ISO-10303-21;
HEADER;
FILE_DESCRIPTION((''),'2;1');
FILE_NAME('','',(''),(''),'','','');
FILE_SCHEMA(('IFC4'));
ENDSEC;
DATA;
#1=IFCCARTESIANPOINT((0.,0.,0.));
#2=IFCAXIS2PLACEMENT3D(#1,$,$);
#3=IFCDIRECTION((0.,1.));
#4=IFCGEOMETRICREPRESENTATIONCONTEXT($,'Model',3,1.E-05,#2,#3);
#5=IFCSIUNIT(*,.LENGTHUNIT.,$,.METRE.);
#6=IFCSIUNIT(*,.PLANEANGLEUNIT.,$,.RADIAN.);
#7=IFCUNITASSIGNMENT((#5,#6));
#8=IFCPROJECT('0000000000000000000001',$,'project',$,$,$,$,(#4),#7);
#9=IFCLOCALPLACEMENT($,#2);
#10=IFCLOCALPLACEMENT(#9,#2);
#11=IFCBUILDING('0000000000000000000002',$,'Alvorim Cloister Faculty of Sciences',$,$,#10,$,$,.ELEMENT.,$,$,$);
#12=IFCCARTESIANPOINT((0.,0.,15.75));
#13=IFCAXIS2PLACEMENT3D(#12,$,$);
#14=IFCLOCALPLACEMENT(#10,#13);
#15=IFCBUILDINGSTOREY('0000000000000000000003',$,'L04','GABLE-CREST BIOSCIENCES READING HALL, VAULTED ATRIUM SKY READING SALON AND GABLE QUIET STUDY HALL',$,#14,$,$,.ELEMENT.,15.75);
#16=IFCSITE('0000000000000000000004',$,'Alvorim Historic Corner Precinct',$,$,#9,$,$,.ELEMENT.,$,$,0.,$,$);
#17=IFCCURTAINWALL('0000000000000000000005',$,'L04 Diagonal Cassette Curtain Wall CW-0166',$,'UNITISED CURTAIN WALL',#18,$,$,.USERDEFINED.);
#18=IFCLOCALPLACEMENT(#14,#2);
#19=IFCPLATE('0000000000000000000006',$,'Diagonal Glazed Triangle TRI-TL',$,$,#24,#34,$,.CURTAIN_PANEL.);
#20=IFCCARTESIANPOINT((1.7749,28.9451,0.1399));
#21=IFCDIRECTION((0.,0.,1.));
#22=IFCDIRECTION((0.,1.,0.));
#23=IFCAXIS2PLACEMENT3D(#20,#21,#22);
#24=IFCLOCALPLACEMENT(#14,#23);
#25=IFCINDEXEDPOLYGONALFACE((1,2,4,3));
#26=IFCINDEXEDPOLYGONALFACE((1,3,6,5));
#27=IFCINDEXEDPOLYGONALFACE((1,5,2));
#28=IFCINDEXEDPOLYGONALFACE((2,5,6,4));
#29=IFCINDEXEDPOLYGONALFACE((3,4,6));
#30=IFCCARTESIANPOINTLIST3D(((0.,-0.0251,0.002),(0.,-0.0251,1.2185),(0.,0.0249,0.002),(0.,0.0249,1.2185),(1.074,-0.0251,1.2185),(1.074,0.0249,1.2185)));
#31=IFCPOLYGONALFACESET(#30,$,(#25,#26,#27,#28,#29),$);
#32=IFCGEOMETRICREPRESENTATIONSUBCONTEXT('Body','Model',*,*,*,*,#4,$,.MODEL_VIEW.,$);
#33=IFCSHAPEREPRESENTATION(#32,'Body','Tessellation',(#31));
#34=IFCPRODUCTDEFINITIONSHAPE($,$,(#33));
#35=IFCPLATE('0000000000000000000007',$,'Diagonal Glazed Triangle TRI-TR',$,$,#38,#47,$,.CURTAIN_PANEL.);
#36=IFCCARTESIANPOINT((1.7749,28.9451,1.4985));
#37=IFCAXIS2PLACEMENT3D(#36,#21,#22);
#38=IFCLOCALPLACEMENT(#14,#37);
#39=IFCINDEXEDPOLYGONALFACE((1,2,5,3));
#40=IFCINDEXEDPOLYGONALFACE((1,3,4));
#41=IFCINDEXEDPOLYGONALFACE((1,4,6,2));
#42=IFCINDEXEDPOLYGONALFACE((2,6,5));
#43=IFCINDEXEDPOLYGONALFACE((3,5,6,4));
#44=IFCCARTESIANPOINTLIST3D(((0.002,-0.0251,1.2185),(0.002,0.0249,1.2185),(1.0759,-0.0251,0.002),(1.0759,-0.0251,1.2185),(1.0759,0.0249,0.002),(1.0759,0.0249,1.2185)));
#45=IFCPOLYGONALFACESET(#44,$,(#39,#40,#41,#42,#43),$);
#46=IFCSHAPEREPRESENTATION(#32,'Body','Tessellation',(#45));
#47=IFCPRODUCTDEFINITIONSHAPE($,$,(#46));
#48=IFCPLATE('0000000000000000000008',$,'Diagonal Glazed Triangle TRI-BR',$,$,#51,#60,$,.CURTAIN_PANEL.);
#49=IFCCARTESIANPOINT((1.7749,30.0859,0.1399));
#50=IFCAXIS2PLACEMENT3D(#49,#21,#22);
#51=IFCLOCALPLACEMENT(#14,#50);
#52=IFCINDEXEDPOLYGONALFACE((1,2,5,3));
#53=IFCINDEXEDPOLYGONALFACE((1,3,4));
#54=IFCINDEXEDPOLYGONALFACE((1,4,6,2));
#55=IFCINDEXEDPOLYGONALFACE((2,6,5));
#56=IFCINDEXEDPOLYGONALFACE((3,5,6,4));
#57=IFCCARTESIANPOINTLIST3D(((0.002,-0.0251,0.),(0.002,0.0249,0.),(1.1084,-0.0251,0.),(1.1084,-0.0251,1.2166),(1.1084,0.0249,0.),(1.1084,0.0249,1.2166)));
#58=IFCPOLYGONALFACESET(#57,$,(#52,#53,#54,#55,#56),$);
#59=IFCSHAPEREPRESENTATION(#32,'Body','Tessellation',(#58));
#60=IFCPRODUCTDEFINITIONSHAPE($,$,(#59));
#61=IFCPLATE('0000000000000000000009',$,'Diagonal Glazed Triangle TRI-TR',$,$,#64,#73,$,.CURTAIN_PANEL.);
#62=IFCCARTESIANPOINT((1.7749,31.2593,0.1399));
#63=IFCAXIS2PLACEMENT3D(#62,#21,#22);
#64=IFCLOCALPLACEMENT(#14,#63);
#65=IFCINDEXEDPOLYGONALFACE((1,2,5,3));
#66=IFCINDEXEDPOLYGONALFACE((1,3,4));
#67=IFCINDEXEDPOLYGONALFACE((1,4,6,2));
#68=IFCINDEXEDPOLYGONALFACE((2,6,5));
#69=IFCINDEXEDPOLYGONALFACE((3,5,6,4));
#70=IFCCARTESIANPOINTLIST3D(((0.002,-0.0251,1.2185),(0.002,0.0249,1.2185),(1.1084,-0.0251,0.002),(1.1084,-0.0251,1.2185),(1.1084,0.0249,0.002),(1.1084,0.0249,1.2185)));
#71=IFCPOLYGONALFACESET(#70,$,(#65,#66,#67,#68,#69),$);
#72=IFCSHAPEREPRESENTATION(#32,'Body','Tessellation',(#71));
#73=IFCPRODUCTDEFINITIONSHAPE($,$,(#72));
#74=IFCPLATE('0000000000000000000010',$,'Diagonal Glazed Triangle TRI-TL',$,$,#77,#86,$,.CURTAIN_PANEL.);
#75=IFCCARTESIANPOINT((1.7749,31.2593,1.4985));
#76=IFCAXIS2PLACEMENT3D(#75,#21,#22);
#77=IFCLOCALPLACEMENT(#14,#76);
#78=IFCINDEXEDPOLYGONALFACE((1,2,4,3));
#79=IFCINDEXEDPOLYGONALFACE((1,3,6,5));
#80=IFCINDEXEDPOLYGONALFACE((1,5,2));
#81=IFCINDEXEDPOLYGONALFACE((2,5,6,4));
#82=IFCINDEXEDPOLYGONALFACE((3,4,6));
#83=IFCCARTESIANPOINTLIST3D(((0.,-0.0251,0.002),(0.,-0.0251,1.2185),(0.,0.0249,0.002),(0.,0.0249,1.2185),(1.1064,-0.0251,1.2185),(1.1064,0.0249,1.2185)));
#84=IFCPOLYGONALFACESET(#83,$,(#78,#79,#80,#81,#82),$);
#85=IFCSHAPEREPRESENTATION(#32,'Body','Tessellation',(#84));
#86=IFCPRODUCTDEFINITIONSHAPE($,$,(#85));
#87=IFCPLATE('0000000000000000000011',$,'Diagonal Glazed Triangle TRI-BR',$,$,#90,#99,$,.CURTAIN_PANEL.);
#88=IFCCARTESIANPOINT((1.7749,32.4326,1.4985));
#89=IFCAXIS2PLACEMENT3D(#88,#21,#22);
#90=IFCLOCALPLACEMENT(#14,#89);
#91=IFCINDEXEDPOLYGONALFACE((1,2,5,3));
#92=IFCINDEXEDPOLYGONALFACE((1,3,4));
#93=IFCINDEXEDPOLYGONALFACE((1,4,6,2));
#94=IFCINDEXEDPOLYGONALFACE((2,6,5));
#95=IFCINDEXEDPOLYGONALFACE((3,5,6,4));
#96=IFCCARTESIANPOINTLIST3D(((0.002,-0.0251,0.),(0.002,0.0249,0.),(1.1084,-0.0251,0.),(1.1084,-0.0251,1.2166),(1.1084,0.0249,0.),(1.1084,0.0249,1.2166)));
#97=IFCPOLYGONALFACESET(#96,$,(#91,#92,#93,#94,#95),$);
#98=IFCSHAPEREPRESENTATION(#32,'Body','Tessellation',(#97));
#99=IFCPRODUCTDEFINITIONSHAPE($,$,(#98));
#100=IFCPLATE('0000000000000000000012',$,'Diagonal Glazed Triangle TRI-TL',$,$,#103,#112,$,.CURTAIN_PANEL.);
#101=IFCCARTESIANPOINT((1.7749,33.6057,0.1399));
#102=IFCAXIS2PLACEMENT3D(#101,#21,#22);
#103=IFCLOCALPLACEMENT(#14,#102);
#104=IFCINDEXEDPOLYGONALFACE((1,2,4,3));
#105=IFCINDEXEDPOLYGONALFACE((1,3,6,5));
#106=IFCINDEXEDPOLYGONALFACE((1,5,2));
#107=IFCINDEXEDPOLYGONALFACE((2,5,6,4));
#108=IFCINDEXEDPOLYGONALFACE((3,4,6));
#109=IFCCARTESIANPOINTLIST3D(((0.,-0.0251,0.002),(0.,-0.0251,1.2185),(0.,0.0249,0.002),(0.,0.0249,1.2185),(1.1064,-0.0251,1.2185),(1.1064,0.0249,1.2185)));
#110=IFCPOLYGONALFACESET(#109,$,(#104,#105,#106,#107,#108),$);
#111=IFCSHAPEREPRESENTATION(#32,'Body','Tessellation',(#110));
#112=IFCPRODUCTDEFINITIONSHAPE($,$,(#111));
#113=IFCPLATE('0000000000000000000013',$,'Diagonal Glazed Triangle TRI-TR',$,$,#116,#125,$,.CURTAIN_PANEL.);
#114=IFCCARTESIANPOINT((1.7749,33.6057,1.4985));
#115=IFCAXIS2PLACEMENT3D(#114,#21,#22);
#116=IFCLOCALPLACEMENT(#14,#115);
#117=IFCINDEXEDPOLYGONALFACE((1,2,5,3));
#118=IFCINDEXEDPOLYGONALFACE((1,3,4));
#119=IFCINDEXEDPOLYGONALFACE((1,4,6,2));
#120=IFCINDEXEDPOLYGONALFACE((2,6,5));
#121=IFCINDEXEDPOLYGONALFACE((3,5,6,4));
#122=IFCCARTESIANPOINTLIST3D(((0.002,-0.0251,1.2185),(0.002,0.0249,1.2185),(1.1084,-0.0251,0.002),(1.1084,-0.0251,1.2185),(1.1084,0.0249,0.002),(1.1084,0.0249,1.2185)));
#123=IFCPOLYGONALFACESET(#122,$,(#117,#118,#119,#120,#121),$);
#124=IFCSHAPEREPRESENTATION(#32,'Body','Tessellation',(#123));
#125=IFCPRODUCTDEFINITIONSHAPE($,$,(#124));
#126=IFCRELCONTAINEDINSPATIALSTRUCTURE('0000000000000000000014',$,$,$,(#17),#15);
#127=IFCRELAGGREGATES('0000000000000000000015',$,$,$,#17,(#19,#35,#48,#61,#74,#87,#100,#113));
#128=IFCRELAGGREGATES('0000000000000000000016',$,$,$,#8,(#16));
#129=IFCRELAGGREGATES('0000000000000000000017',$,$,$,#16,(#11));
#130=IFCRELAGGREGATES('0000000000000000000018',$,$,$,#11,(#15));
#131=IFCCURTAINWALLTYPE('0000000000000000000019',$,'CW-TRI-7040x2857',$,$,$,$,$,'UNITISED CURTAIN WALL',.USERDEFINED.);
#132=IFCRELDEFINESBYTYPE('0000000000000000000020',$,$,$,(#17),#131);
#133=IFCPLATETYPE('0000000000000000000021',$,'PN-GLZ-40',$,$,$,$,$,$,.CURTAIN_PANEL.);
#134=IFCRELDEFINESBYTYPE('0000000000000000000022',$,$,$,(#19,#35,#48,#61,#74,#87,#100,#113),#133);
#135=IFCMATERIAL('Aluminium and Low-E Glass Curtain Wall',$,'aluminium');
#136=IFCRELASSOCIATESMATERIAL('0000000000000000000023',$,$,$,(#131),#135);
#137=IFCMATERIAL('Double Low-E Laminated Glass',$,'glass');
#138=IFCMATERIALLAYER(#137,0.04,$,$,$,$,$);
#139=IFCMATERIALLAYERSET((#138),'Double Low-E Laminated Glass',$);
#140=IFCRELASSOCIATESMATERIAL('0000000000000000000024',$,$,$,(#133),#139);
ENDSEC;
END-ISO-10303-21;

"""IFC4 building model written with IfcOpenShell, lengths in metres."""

from ifc_helpers import new_model, si_unit, direction, frame, origin, place, context, subcontext, project, spatial, polyline, outline, extrude, material, layer, layer_set, type_object, element, aggregate, save


model = new_model("IFC4")

# Units and contexts
model_context = context("Model", 3, precision=1e-05, world=origin(), true_north=direction((0.0, 1.0)))
body_context = subcontext(model_context, "Body", "Model", "MODEL_VIEW")
ifc_project = project(units=[si_unit("LENGTHUNIT", "METRE"), si_unit("PLANEANGLEUNIT", "RADIAN")], contexts=[model_context])

# Site, building, storey
site_placement = place(None, origin())
site = spatial("IfcSite", under=ifc_project, at=site_placement, Name="Alvorim Historic Corner Precinct", CompositionType="ELEMENT", RefElevation=0.0)
building_placement = place(site_placement, origin())
building = spatial("IfcBuilding", under=site, at=building_placement, Name="Alvorim Cloister Faculty of Sciences", CompositionType="ELEMENT")
storey_placement = place(building_placement, frame((0.0, 0.0, 15.75)))
storey = spatial("IfcBuildingStorey", under=building, at=storey_placement, Name="L04", Description="GABLE-CREST BIOSCIENCES READING HALL, VAULTED ATRIUM SKY READING SALON AND GABLE QUIET STUDY HALL", CompositionType="ELEMENT", Elevation=15.75)

# Shared definitions
ifc_material_1 = material(Name="Aluminium and Low-E Glass Curtain Wall", Category="aluminium")
curtain_wall_type = type_object("IfcCurtainWallType", Name="CW-TRI-7040x2857", ElementType="UNITISED CURTAIN WALL", PredefinedType="USERDEFINED", material=ifc_material_1)

# Curtain wall, plates
curtain_wall_1_placement = place(storey_placement, origin())
curtain_wall_1 = element("IfcCurtainWall", 1, at=curtain_wall_1_placement, inside=storey, type_object=curtain_wall_type, Name="L04 Diagonal Cassette Curtain Wall CW-0166", ObjectType="UNITISED CURTAIN WALL", PredefinedType="USERDEFINED")
ifc_material_2 = material(Name="Double Low-E Laminated Glass", Category="glass")
ifc_layer_1 = layer(ifc_material_2, 0.04)
ifc_layer_set_1 = layer_set([ifc_layer_1], Name="Double Low-E Laminated Glass")
plate_type = type_object("IfcPlateType", Name="PN-GLZ-40", PredefinedType="CURTAIN_PANEL", material=ifc_layer_set_1)
plate_1_placement = place(storey_placement, frame((1.7749, 28.9451, 0.1399), z_axis=(0.0, 0.0, 1.0), x_axis=(0.0, 1.0, 0.0)))
plate_1 = element("IfcPlate", 2, at=plate_1_placement, type_object=plate_type, Name="Diagonal Glazed Triangle TRI-TL", PredefinedType="CURTAIN_PANEL", context=body_context, shape_type="SweptSolid", body=[
    extrude(outline(polyline([(1.074, 1.2185), (0.0, 1.2185), (0.0, 0.002), (1.074, 1.2185)])), frame((0.0, 0.0249, 0.0), z_axis=(0.0, -1.0, 0.0), x_axis=(1.0, 0.0, 0.0)), (0.0, 0.0, 1.0), 0.05),
])
plate_2_placement = place(storey_placement, frame((1.7749, 28.9451, 1.4985), z_axis=(0.0, 0.0, 1.0), x_axis=(0.0, 1.0, 0.0)))
plate_2 = element("IfcPlate", 3, at=plate_2_placement, type_object=plate_type, Name="Diagonal Glazed Triangle TRI-TR", PredefinedType="CURTAIN_PANEL", context=body_context, shape_type="SweptSolid", body=[
    extrude(outline(polyline([(1.0759, 0.002), (1.0759, 1.2185), (0.002, 1.2185), (1.0759, 0.002)])), frame((0.0, 0.0249, 0.0), z_axis=(0.0, -1.0, 0.0), x_axis=(1.0, 0.0, 0.0)), (0.0, 0.0, 1.0), 0.05),
])
plate_3_placement = place(storey_placement, frame((1.7749, 30.0859, 0.1399), z_axis=(0.0, 0.0, 1.0), x_axis=(0.0, 1.0, 0.0)))
plate_3 = element("IfcPlate", 4, at=plate_3_placement, type_object=plate_type, Name="Diagonal Glazed Triangle TRI-BR", PredefinedType="CURTAIN_PANEL", context=body_context, shape_type="SweptSolid", body=[
    extrude(outline(polyline([(0.002, 0.0), (1.1084, 0.0), (1.1084, 1.2166), (0.002, 0.0)])), frame((0.0, 0.0249, 0.0), z_axis=(0.0, -1.0, 0.0), x_axis=(1.0, 0.0, 0.0)), (0.0, 0.0, 1.0), 0.05),
])
plate_4_placement = place(storey_placement, frame((1.7749, 31.2593, 0.1399), z_axis=(0.0, 0.0, 1.0), x_axis=(0.0, 1.0, 0.0)))
plate_4 = element("IfcPlate", 5, at=plate_4_placement, type_object=plate_type, Name="Diagonal Glazed Triangle TRI-TR", PredefinedType="CURTAIN_PANEL", context=body_context, shape_type="SweptSolid", body=[
    extrude(outline(polyline([(1.1084, 0.002), (1.1084, 1.2185), (0.002, 1.2185), (1.1084, 0.002)])), frame((0.0, 0.0249, 0.0), z_axis=(0.0, -1.0, 0.0), x_axis=(1.0, 0.0, 0.0)), (0.0, 0.0, 1.0), 0.05),
])
plate_5_placement = place(storey_placement, frame((1.7749, 31.2593, 1.4985), z_axis=(0.0, 0.0, 1.0), x_axis=(0.0, 1.0, 0.0)))
plate_5 = element("IfcPlate", 6, at=plate_5_placement, type_object=plate_type, Name="Diagonal Glazed Triangle TRI-TL", PredefinedType="CURTAIN_PANEL", context=body_context, shape_type="SweptSolid", body=[
    extrude(outline(polyline([(1.1064, 1.2185), (0.0, 1.2185), (0.0, 0.002), (1.1064, 1.2185)])), frame((0.0, 0.0249, 0.0), z_axis=(0.0, -1.0, 0.0), x_axis=(1.0, 0.0, 0.0)), (0.0, 0.0, 1.0), 0.05),
])
plate_6_placement = place(storey_placement, frame((1.7749, 32.4326, 1.4985), z_axis=(0.0, 0.0, 1.0), x_axis=(0.0, 1.0, 0.0)))
plate_6 = element("IfcPlate", 7, at=plate_6_placement, type_object=plate_type, Name="Diagonal Glazed Triangle TRI-BR", PredefinedType="CURTAIN_PANEL", context=body_context, shape_type="SweptSolid", body=[
    extrude(outline(polyline([(0.002, 0.0), (1.1084, 0.0), (1.1084, 1.2166), (0.002, 0.0)])), frame((0.0, 0.0249, 0.0), z_axis=(0.0, -1.0, 0.0), x_axis=(1.0, 0.0, 0.0)), (0.0, 0.0, 1.0), 0.05),
])
plate_7_placement = place(storey_placement, frame((1.7749, 33.6057, 0.1399), z_axis=(0.0, 0.0, 1.0), x_axis=(0.0, 1.0, 0.0)))
plate_7 = element("IfcPlate", 8, at=plate_7_placement, type_object=plate_type, Name="Diagonal Glazed Triangle TRI-TL", PredefinedType="CURTAIN_PANEL", context=body_context, shape_type="SweptSolid", body=[
    extrude(outline(polyline([(1.1064, 1.2185), (0.0, 1.2185), (0.0, 0.002), (1.1064, 1.2185)])), frame((0.0, 0.0249, 0.0), z_axis=(0.0, -1.0, 0.0), x_axis=(1.0, 0.0, 0.0)), (0.0, 0.0, 1.0), 0.05),
])
plate_8_placement = place(storey_placement, frame((1.7749, 33.6057, 1.4985), z_axis=(0.0, 0.0, 1.0), x_axis=(0.0, 1.0, 0.0)))
plate_8 = element("IfcPlate", 9, at=plate_8_placement, type_object=plate_type, Name="Diagonal Glazed Triangle TRI-TR", PredefinedType="CURTAIN_PANEL", context=body_context, shape_type="SweptSolid", body=[
    extrude(outline(polyline([(1.1084, 0.002), (1.1084, 1.2185), (0.002, 1.2185), (1.1084, 0.002)])), frame((0.0, 0.0249, 0.0), z_axis=(0.0, -1.0, 0.0), x_axis=(1.0, 0.0, 0.0)), (0.0, 0.0, 1.0), 0.05),
])
aggregate(curtain_wall_1, [plate_1, plate_2, plate_3, plate_4, plate_5, plate_6, plate_7, plate_8])

save(model, "model.ifc")
